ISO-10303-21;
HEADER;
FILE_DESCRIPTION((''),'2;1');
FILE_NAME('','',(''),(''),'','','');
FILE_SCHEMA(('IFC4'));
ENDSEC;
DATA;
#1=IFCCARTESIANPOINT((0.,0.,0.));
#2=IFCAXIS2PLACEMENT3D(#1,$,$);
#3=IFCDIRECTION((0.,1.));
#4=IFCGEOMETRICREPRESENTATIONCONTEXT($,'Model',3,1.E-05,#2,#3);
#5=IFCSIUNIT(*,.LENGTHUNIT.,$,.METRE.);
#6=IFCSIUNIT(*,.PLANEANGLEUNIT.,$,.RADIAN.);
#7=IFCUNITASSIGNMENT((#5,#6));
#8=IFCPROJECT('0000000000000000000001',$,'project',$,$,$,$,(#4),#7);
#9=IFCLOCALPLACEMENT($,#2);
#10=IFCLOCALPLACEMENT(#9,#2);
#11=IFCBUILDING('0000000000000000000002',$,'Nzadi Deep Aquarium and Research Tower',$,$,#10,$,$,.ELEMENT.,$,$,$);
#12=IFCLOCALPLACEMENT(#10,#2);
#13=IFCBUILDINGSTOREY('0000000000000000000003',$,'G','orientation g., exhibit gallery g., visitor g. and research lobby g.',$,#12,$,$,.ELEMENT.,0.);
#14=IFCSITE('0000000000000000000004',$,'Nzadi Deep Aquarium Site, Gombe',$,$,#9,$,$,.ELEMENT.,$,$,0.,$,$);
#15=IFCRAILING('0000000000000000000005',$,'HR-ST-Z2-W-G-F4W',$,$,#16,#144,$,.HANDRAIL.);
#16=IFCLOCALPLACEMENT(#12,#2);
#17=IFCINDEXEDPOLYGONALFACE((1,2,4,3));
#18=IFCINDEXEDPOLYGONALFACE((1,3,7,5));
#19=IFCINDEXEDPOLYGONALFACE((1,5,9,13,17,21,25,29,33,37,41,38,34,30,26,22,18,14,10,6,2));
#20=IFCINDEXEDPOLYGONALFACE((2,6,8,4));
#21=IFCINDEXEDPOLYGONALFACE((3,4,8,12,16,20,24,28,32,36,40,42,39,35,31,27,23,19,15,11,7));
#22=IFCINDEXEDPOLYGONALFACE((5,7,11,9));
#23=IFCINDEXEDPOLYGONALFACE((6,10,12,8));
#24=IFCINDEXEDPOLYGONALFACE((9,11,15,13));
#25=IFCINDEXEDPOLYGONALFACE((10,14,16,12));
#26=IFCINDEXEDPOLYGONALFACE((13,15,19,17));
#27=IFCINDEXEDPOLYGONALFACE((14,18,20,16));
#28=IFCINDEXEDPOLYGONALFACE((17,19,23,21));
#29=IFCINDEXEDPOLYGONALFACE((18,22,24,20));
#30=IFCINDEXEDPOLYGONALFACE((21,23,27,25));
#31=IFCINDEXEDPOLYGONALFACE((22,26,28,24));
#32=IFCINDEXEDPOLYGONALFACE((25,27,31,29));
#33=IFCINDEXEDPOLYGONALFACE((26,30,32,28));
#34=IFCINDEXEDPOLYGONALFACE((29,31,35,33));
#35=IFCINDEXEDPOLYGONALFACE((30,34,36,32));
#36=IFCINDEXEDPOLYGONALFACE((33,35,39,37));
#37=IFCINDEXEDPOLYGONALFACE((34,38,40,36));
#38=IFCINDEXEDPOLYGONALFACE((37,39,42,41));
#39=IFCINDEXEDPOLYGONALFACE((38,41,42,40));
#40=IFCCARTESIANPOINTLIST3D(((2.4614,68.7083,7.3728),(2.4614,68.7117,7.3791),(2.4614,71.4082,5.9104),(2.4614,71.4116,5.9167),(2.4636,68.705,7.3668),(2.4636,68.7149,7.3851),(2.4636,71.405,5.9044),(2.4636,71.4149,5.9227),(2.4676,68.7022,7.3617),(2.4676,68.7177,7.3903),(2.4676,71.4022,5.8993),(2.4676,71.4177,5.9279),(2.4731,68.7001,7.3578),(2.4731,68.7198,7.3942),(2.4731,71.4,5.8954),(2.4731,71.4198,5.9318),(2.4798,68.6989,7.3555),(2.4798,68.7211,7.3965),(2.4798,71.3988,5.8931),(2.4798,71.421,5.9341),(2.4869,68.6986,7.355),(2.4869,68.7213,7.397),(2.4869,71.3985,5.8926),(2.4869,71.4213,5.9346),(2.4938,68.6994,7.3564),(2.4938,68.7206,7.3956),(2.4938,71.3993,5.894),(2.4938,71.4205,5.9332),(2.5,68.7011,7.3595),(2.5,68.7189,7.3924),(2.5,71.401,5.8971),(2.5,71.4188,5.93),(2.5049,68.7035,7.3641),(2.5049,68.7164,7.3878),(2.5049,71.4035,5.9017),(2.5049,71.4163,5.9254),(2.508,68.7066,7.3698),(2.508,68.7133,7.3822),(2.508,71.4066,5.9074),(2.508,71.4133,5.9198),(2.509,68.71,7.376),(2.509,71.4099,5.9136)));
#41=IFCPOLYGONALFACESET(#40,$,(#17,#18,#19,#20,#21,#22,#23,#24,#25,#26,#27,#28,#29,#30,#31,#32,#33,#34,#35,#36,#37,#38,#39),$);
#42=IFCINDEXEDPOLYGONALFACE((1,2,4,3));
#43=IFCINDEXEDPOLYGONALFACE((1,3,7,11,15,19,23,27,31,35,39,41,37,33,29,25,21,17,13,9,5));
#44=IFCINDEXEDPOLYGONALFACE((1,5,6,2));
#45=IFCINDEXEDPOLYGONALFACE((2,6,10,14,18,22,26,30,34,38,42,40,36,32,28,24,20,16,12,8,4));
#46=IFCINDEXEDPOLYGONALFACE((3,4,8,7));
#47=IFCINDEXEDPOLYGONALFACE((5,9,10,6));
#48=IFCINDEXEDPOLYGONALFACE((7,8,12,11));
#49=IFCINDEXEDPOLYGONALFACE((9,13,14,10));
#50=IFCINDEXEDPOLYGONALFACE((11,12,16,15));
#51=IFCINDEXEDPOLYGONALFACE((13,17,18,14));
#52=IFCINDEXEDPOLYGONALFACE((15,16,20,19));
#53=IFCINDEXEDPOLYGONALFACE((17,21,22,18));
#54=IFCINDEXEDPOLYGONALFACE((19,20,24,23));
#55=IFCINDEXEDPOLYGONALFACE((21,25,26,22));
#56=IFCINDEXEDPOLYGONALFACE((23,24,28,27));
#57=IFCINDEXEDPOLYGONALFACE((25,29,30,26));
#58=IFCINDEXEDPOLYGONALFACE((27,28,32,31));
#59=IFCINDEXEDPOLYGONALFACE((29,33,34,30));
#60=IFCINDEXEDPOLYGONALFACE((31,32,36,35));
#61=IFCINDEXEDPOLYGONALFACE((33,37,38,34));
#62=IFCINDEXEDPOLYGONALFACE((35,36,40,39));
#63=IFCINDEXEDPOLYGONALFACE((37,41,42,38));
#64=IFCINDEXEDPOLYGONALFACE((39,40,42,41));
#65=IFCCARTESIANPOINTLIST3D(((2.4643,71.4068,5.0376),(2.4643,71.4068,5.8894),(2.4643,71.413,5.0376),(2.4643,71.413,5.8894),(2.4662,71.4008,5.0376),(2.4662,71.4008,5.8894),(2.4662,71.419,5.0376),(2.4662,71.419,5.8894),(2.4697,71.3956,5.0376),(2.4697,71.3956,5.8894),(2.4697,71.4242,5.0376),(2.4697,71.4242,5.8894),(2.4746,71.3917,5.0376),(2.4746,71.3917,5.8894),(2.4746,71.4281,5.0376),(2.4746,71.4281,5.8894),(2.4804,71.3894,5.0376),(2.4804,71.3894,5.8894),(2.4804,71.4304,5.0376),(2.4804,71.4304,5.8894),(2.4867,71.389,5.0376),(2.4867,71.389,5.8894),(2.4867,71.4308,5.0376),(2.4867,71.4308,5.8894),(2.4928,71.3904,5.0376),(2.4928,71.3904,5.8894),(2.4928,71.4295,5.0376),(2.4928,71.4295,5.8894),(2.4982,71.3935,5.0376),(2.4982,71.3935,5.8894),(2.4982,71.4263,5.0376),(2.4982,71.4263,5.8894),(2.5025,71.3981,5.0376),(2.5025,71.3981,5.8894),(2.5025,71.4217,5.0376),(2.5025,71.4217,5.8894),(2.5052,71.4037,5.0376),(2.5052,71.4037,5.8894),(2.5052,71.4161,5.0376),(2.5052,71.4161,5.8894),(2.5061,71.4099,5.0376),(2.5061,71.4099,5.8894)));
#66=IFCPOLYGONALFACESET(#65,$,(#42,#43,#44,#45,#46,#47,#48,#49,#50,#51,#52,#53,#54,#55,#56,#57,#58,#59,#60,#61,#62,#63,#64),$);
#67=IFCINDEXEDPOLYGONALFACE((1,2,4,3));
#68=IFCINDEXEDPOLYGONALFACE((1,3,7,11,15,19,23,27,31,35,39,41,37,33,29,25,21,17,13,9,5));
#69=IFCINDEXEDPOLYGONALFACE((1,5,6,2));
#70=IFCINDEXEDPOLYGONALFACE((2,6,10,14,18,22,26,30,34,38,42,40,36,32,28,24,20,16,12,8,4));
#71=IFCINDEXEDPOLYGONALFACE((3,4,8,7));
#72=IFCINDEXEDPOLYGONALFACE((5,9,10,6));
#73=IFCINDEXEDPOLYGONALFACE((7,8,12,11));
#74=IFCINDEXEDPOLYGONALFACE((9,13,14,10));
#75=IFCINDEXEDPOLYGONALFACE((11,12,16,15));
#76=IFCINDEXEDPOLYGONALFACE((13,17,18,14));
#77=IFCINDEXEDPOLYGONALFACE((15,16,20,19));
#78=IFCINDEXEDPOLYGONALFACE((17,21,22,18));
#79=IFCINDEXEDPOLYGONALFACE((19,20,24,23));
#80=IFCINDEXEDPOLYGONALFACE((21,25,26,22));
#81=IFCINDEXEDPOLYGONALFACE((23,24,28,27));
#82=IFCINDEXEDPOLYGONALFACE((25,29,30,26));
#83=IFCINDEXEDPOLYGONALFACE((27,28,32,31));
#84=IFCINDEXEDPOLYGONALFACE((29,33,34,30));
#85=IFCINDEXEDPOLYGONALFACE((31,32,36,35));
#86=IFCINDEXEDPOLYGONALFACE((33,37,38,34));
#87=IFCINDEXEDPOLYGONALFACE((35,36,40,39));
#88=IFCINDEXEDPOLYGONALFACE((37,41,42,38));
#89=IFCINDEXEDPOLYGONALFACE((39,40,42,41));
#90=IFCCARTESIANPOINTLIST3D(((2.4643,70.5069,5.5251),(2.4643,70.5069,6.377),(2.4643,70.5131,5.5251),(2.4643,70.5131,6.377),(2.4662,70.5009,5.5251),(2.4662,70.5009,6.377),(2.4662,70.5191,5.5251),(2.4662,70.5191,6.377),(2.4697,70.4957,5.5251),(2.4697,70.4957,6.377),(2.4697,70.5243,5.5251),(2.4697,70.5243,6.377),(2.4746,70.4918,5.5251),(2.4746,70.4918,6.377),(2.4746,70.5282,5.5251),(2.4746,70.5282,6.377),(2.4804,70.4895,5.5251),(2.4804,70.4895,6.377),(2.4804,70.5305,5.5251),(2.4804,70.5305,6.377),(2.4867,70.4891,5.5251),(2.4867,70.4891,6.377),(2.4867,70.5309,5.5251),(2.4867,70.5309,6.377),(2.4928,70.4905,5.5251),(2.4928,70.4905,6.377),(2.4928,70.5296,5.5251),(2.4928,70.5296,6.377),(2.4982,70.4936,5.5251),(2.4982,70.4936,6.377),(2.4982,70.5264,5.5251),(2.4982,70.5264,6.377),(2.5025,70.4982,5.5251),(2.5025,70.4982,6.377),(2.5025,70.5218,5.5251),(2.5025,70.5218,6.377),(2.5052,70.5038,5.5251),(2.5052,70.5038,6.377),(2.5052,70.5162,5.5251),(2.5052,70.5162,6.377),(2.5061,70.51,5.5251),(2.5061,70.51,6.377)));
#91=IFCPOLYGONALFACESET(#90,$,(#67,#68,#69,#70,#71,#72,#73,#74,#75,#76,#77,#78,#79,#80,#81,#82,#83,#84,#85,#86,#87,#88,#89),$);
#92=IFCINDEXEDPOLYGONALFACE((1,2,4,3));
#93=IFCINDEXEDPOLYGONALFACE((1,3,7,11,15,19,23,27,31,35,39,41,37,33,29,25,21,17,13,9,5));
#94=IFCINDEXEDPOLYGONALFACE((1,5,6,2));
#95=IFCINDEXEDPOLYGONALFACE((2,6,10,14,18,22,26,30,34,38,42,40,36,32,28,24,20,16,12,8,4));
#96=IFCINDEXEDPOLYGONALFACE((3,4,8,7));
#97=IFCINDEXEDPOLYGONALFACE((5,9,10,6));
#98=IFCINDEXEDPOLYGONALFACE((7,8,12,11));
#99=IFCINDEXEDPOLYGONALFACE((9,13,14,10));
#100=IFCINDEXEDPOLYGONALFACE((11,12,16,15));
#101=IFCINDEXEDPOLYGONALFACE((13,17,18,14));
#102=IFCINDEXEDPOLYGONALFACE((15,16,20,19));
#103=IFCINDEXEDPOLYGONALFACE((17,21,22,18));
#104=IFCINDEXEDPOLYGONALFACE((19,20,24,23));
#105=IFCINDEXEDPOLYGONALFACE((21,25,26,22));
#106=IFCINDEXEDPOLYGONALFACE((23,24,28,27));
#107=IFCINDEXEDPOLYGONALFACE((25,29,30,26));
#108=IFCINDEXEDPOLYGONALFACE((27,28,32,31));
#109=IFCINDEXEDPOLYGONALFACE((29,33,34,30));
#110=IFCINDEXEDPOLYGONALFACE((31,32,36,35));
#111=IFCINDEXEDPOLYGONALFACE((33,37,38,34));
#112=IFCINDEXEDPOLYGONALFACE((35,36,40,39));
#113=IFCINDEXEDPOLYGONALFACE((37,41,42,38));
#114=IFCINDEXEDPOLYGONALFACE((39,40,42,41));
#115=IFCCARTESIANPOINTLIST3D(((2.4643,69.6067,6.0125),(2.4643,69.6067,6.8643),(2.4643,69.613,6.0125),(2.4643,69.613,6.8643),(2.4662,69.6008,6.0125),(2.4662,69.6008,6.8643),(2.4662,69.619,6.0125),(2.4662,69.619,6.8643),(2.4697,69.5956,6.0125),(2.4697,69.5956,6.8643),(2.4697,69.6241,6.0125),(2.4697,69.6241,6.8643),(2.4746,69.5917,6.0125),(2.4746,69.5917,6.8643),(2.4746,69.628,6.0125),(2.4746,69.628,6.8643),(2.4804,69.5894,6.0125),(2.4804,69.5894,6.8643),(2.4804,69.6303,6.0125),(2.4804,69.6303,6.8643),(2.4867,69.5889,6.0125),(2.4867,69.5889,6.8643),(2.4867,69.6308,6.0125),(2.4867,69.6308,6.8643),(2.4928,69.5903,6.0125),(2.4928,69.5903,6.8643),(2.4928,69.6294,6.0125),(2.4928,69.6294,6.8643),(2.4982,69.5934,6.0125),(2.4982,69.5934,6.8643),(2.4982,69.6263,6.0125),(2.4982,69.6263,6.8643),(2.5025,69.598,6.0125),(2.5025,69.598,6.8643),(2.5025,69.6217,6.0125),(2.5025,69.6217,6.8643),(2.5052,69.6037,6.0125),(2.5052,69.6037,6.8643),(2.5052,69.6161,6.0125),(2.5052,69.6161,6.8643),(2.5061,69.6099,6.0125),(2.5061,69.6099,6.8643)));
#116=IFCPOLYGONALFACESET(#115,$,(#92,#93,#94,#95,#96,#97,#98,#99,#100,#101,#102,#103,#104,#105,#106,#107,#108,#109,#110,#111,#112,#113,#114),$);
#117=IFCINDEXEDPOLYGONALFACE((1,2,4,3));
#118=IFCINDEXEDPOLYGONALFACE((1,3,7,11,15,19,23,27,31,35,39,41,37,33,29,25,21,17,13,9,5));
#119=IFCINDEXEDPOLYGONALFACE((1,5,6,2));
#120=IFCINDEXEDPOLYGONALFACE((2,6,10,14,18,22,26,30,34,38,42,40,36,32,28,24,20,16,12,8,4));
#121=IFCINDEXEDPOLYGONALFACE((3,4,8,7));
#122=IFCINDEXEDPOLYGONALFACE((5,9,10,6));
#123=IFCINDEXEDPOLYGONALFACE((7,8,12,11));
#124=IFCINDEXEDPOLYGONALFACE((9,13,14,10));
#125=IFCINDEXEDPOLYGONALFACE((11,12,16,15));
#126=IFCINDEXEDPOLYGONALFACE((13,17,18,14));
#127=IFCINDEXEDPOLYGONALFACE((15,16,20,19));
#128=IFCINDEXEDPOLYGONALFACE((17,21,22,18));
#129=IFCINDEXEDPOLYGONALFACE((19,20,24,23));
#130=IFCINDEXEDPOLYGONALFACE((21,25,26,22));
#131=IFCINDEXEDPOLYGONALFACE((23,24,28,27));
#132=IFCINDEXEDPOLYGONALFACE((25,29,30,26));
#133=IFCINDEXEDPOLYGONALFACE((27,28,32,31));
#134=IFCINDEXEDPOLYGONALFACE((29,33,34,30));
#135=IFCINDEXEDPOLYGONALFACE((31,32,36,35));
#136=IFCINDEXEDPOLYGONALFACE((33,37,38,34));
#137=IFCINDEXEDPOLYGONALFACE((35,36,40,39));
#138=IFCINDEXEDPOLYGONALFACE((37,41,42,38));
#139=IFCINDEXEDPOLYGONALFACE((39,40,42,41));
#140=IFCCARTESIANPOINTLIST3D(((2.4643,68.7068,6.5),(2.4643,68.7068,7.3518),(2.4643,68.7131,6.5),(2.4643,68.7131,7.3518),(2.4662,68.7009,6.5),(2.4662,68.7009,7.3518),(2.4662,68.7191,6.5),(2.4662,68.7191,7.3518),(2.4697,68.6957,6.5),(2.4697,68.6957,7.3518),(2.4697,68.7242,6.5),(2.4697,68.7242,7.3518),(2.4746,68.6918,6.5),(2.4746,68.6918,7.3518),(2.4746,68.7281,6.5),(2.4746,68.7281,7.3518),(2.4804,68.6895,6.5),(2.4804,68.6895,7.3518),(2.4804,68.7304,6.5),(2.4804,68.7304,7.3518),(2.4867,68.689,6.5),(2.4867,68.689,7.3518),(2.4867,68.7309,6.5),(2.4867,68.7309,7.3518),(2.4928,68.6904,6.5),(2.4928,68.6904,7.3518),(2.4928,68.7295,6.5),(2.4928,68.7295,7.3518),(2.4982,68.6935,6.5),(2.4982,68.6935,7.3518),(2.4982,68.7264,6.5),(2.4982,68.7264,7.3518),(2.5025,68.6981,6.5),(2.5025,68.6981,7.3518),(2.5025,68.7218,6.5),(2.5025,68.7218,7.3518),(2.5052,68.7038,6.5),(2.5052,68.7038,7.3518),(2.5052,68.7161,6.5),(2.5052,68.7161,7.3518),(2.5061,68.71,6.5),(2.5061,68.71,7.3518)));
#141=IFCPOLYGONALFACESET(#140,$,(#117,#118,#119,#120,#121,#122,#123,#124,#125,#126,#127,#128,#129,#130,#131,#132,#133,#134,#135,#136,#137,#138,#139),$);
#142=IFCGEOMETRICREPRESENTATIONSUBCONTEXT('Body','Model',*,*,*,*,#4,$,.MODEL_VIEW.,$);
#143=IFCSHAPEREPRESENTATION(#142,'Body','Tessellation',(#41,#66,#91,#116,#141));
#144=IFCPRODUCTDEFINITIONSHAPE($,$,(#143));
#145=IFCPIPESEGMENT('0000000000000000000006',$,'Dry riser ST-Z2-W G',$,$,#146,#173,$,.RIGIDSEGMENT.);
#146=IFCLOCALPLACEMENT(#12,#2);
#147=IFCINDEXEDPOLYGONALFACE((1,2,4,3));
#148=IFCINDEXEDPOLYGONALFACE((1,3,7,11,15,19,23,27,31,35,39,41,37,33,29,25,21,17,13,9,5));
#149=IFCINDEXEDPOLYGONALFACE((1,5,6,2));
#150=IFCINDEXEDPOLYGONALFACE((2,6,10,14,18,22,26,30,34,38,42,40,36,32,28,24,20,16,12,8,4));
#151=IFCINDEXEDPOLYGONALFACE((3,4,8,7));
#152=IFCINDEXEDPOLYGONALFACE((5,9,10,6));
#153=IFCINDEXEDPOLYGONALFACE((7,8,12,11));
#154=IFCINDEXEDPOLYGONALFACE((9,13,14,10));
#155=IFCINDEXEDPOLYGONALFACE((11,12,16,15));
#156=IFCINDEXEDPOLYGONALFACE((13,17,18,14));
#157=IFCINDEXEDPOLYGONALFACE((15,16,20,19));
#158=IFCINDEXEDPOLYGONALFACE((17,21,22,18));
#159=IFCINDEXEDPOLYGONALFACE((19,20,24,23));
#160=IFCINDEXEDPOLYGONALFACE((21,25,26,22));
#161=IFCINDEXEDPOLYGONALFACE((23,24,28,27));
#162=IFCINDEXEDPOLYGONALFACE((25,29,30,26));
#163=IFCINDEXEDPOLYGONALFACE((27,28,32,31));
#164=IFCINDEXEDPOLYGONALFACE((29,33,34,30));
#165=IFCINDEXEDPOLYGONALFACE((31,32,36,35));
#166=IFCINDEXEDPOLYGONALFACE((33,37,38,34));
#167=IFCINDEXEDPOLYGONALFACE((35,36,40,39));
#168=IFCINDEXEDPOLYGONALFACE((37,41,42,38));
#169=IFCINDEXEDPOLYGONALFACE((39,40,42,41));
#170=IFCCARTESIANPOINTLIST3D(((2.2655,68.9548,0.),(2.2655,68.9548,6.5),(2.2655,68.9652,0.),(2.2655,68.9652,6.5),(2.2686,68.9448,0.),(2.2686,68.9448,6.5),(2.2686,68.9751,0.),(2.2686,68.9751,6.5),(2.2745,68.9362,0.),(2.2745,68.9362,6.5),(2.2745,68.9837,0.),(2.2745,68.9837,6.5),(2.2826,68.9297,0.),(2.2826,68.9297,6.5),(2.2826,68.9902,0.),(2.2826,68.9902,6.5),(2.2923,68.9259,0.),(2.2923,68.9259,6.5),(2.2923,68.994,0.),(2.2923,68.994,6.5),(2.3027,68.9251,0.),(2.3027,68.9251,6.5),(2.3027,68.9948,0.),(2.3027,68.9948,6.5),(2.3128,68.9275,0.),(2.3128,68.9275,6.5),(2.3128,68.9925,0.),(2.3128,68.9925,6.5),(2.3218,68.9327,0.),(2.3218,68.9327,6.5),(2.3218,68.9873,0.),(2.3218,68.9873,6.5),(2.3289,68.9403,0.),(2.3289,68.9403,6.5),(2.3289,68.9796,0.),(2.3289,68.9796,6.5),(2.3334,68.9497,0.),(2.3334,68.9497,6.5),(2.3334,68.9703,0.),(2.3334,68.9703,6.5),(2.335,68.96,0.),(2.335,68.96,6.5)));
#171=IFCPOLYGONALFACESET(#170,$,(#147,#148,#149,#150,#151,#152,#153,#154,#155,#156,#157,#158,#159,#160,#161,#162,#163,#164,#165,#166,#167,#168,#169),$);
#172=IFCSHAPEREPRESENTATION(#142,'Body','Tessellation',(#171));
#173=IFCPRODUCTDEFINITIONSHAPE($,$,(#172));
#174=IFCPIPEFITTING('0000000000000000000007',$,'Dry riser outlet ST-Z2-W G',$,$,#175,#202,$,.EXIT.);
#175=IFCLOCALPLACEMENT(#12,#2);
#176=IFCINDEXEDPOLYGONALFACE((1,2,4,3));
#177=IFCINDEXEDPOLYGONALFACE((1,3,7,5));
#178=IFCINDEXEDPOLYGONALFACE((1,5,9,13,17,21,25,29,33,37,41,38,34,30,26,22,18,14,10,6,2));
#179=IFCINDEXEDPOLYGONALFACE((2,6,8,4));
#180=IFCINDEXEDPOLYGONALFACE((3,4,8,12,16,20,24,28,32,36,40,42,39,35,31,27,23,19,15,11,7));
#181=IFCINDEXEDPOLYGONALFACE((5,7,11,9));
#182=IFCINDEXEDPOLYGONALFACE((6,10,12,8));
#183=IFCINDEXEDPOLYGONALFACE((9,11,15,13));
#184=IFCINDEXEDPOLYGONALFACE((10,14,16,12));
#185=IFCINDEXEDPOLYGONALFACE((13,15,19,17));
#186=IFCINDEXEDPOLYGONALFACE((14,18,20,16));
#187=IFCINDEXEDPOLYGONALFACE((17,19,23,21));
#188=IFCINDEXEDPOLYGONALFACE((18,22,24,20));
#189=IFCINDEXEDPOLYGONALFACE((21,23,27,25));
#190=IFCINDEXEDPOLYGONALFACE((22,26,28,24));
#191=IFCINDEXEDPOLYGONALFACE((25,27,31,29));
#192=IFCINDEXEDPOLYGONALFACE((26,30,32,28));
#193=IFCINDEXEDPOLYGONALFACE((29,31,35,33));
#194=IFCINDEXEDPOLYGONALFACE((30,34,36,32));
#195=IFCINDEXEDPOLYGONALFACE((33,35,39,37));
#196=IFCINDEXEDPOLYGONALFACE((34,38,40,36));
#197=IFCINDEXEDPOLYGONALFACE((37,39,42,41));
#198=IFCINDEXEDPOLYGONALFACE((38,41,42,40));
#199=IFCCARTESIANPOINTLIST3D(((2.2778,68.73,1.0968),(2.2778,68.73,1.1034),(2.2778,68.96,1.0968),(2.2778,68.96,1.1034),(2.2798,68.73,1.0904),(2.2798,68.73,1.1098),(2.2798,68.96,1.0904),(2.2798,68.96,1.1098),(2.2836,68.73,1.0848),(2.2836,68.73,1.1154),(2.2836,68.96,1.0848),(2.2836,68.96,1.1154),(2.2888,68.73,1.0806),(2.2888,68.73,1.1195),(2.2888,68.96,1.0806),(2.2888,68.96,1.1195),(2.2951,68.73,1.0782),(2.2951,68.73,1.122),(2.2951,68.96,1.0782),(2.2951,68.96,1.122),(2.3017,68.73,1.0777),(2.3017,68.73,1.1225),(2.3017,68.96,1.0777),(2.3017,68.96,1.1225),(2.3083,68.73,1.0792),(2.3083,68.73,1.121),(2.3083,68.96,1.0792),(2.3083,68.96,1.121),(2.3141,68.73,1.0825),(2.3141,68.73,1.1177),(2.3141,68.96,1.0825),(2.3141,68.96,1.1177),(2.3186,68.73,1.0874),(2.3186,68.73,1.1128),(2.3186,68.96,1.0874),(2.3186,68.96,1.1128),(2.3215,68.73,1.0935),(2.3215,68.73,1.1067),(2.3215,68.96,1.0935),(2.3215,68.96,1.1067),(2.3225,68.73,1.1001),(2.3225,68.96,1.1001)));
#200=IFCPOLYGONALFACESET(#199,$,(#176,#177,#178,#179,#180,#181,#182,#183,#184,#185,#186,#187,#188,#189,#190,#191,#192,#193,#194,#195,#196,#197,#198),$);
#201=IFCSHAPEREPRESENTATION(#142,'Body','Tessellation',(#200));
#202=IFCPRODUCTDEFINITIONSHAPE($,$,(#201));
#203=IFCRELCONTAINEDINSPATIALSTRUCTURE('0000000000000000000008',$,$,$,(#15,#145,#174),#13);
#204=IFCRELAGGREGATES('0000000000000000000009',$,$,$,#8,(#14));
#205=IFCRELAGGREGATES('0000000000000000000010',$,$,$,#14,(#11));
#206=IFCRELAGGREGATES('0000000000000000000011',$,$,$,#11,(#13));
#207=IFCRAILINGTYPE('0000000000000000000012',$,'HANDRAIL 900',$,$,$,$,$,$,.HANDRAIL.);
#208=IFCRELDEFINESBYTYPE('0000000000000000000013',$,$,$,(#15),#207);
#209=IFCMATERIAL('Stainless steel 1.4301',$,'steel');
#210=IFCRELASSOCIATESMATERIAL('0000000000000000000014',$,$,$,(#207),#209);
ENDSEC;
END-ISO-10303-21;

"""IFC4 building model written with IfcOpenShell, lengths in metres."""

from ifc_helpers import new_model, si_unit, direction, frame, origin, origin_2d, place, context, subcontext, project, spatial, circle, extrude, material, type_object, element, save


model = new_model("IFC4")

# Units and contexts
model_context = context("Model", 3, precision=1e-05, world=origin(), true_north=direction((0.0, 1.0)))
body_context = subcontext(model_context, "Body", "Model", "MODEL_VIEW")
ifc_project = project(units=[si_unit("LENGTHUNIT", "METRE"), si_unit("PLANEANGLEUNIT", "RADIAN")], contexts=[model_context])

# Site, building, storey
site_placement = place(None, origin())
site = spatial("IfcSite", under=ifc_project, at=site_placement, Name="Nzadi Deep Aquarium Site, Gombe", CompositionType="ELEMENT", RefElevation=0.0)
building_placement = place(site_placement, origin())
building = spatial("IfcBuilding", under=site, at=building_placement, Name="Nzadi Deep Aquarium and Research Tower", CompositionType="ELEMENT")
storey_placement = place(building_placement, origin())
storey = spatial("IfcBuildingStorey", under=building, at=storey_placement, Name="G", Description="orientation g., exhibit gallery g., visitor g. and research lobby g.", CompositionType="ELEMENT", Elevation=0.0)

# Railing
ifc_material_1 = material(Name="Stainless steel 1.4301", Category="steel")
railing_type = type_object("IfcRailingType", Name="HANDRAIL 900", PredefinedType="HANDRAIL", material=ifc_material_1)
for number, where, name in (
    (1, (2.4851, 71.4099, 5.0376), "HR-ST-Z2-W-G-F4W"),
):
    element("IfcRailing", number, at=place(storey_placement, frame(where)), inside=storey, type_object=railing_type, Name=name, PredefinedType="HANDRAIL", context=body_context, shape_type="SweptSolid", body=[
        extrude(circle(Radius=0.0239, at=origin_2d()), frame((0.0, 0.0, 0.876), z_axis=(0.0, -0.879302, 0.476265), x_axis=(1.0, 0.0, 0.0)), (0.0, 0.0, 1.0), 3.0706),
        extrude(circle(Radius=0.021, at=origin_2d()), origin(), (0.0, 0.0, 1.0), 0.8518),
        extrude(circle(Radius=0.021, at=origin_2d()), frame((0.0, -0.8999, 0.4875)), (0.0, 0.0, 1.0), 0.8518),
        extrude(circle(Radius=0.021, at=origin_2d()), frame((0.0, -1.8, 0.9749)), (0.0, 0.0, 1.0), 0.8518),
        extrude(circle(Radius=0.021, at=origin_2d()), frame((0.0, -2.7, 1.4624)), (0.0, 0.0, 1.0), 0.8518),
    ])

# Pipe segment
pipe_segment_placement = place(storey_placement, frame((2.3, 68.96, 0.0), z_axis=(0.0, 0.0, 1.0), x_axis=(1.0, 0.0, 0.0)))
element("IfcPipeSegment", 2, at=pipe_segment_placement, inside=storey, Name="Dry riser ST-Z2-W G", PredefinedType="RIGIDSEGMENT", context=body_context, shape_type="SweptSolid", body=[
    extrude(circle(Radius=0.0349, at=origin_2d()), origin(), (0.0, 0.0, 1.0), 6.5),
])

# Pipe fitting
pipe_fitting_placement = place(storey_placement, frame((2.3, 68.96, 1.1001), z_axis=(0.0, -1.0, 0.0), x_axis=(1.0, 0.0, 0.0)))
element("IfcPipeFitting", 3, at=pipe_fitting_placement, inside=storey, Name="Dry riser outlet ST-Z2-W G", PredefinedType="EXIT", context=body_context, shape_type="SweptSolid", body=[
    extrude(circle(Radius=0.0225, at=origin_2d()), origin(), (0.0, 0.0, 1.0), 0.23),
])

save(model, "model.ifc")
